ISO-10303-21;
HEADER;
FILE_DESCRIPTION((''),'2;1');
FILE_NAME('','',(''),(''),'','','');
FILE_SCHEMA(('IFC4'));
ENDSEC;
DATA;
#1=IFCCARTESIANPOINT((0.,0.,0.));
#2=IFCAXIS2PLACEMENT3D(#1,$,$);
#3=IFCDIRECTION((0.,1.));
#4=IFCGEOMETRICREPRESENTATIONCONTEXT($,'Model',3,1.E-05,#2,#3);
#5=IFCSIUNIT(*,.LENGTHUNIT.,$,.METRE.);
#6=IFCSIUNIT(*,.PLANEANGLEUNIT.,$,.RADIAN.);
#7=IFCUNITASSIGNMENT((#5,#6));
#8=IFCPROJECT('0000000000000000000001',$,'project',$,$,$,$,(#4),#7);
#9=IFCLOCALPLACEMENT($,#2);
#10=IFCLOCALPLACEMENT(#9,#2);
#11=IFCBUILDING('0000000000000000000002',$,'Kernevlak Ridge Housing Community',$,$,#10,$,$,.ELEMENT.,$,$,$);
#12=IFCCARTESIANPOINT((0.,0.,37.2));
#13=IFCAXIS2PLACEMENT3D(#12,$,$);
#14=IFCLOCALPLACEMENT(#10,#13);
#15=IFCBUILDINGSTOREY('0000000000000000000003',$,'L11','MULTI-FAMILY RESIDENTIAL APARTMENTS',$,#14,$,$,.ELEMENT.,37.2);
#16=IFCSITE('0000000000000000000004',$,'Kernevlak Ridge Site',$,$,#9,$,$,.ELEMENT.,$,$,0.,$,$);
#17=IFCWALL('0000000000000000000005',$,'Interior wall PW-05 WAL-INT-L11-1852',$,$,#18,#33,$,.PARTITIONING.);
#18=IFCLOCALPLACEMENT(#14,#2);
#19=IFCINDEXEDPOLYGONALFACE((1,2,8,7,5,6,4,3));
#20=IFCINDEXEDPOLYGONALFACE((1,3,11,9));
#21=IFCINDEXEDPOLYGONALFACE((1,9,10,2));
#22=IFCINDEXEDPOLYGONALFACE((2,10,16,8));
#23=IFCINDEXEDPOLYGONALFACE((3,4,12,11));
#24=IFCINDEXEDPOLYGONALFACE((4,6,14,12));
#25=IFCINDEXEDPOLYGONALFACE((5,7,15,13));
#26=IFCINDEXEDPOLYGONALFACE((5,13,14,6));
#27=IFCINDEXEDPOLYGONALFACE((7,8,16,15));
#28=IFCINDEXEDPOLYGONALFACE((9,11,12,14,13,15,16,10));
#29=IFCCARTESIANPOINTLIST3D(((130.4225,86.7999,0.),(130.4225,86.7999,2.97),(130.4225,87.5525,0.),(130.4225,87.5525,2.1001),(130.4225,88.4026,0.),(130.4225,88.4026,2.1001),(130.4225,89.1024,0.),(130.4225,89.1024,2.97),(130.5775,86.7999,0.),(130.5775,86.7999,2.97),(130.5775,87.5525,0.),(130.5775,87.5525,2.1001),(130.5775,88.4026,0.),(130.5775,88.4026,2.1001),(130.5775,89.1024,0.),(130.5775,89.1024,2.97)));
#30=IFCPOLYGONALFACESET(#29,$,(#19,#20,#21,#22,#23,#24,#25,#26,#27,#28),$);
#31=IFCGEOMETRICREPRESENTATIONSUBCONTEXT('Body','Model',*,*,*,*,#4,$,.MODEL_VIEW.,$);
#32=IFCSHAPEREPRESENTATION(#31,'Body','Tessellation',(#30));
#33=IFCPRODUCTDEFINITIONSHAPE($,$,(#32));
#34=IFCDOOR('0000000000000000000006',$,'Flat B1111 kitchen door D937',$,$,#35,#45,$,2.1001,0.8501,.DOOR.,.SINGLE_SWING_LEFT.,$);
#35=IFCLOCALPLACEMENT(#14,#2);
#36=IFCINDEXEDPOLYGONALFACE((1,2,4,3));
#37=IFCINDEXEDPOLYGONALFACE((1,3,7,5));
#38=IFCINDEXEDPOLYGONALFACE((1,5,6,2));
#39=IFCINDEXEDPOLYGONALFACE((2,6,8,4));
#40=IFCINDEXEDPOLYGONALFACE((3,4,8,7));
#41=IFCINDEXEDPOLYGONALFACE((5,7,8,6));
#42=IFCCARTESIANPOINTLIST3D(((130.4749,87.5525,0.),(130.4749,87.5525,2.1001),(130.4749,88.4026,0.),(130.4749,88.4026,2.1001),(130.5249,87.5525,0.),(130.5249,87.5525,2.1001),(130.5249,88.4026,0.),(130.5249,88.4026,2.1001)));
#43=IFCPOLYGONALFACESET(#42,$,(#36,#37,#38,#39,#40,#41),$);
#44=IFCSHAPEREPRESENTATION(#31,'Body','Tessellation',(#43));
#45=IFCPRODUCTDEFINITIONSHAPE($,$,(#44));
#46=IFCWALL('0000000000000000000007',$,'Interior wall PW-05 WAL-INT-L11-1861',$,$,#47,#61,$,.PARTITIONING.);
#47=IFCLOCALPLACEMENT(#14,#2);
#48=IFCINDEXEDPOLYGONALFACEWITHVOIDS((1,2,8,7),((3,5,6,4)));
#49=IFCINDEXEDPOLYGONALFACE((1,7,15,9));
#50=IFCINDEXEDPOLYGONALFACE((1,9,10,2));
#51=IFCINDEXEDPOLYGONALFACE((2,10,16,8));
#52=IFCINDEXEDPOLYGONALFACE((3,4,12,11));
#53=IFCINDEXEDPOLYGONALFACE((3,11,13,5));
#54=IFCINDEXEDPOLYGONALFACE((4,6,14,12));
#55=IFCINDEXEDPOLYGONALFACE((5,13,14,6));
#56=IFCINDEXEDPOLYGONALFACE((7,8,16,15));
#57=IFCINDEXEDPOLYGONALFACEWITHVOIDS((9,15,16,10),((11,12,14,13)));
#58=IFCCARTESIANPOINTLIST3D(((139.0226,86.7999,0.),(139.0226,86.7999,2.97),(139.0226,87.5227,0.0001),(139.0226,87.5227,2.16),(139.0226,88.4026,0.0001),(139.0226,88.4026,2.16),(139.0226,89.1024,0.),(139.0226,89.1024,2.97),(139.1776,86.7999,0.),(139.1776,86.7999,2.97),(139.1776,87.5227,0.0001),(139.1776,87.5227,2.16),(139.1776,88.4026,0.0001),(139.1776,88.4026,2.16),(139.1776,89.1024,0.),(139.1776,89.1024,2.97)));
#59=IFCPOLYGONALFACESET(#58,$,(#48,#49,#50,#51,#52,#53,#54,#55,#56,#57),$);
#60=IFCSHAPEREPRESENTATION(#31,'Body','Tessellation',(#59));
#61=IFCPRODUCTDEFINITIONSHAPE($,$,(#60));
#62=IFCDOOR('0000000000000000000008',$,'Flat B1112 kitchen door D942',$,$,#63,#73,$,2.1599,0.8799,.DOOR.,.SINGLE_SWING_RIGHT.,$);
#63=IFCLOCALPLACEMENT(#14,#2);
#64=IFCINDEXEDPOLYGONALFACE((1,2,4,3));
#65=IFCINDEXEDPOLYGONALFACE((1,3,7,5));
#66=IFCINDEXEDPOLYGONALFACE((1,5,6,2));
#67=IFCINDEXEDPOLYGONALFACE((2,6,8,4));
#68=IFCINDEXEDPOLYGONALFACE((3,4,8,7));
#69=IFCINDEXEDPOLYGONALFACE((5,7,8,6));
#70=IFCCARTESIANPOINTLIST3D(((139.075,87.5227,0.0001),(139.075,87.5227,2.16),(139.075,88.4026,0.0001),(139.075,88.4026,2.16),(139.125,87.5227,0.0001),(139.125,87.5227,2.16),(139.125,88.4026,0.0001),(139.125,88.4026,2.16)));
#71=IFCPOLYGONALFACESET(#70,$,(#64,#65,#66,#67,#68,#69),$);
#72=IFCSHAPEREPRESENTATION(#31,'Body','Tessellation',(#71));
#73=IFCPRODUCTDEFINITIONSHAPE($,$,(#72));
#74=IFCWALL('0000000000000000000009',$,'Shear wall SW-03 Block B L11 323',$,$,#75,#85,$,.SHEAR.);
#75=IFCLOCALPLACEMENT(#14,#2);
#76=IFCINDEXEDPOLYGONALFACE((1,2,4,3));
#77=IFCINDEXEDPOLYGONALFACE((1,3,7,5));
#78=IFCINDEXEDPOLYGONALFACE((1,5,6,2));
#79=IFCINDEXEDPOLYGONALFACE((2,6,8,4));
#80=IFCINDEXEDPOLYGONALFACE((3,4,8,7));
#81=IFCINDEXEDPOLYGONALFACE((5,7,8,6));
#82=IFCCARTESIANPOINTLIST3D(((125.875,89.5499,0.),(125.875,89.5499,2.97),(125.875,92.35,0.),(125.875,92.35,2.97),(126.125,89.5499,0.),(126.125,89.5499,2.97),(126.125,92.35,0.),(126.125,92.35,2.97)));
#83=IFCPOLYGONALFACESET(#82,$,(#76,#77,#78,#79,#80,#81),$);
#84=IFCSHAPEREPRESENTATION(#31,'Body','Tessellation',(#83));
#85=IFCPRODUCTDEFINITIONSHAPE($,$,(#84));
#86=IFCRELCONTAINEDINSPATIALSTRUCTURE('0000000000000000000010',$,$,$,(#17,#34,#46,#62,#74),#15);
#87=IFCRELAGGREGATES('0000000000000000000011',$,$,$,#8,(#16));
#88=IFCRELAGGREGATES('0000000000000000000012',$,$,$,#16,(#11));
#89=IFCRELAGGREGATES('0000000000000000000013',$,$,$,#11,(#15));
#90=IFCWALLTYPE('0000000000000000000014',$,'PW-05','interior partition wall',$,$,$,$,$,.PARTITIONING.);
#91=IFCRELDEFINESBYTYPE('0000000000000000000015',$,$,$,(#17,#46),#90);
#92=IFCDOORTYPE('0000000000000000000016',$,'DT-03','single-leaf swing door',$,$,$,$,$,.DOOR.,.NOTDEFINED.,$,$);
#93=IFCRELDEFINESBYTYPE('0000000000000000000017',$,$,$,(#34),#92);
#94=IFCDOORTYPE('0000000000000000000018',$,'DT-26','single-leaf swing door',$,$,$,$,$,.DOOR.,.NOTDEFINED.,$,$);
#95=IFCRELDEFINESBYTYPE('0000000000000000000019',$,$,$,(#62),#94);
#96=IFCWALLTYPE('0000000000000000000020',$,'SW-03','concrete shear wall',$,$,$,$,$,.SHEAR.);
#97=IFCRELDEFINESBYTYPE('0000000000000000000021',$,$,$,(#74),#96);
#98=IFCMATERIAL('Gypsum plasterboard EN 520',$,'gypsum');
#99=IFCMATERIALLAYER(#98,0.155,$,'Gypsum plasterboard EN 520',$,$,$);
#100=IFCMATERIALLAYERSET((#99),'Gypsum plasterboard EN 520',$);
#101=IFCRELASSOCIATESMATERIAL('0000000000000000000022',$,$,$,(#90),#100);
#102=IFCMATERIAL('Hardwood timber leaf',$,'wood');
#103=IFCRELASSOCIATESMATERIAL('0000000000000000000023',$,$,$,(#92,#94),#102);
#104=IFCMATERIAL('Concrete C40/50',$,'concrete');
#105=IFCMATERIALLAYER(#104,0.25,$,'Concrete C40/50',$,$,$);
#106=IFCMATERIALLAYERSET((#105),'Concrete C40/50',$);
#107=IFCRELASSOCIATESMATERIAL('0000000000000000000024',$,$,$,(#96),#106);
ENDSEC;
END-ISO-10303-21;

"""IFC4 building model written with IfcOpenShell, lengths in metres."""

from ifc_helpers import new_model, si_unit, direction, frame, frame_2d, origin, place, context, subcontext, project, spatial, rectangle, extrude, material, layer, layer_set, type_object, element, fill, save


model = new_model("IFC4")

# Units and contexts
model_context = context("Model", 3, precision=1e-05, world=origin(), true_north=direction((0.0, 1.0)))
body_context = subcontext(model_context, "Body", "Model", "MODEL_VIEW")
ifc_project = project(units=[si_unit("LENGTHUNIT", "METRE"), si_unit("PLANEANGLEUNIT", "RADIAN")], contexts=[model_context])

# Site, building, storey
site_placement = place(None, origin())
site = spatial("IfcSite", under=ifc_project, at=site_placement, Name="Kernevlak Ridge Site", CompositionType="ELEMENT", RefElevation=0.0)
building_placement = place(site_placement, origin())
building = spatial("IfcBuilding", under=site, at=building_placement, Name="Kernevlak Ridge Housing Community", CompositionType="ELEMENT")
storey_placement = place(building_placement, frame((0.0, 0.0, 37.2)))
storey = spatial("IfcBuildingStorey", under=building, at=storey_placement, Name="L11", Description="MULTI-FAMILY RESIDENTIAL APARTMENTS", CompositionType="ELEMENT", Elevation=37.2)

# Walls, openings, doors
ifc_material_1 = material(Name="Gypsum plasterboard EN 520", Category="gypsum")
ifc_layer_1 = layer(ifc_material_1, 0.155, Name="Gypsum plasterboard EN 520")
ifc_layer_set_1 = layer_set([ifc_layer_1], Name="Gypsum plasterboard EN 520")
wall_type_1 = type_object("IfcWallType", Name="PW-05", Description="interior partition wall", PredefinedType="PARTITIONING", material=ifc_layer_set_1)
wall_1_placement = place(storey_placement, frame((130.5, 89.1025, 0.0), z_axis=(0.0, 0.0, 1.0), x_axis=(0.0, -1.0, 0.0)))
wall_1 = element("IfcWall", 1, at=wall_1_placement, inside=storey, type_object=wall_type_1, Name="Interior wall PW-05 WAL-INT-L11-1852", PredefinedType="PARTITIONING", context=body_context, shape_type="SweptSolid", body=[
    extrude(rectangle(XDim=2.3025, YDim=0.155, at=frame_2d((1.1514, 0.0))), origin(), (0.0, 0.0, 1.0), 2.97),
])
opening_1_placement = place(wall_1_placement, frame((0.7, 0.0, 0.0)))
opening_1 = element("IfcOpeningElement", 2, at=opening_1_placement, cuts=wall_1, PredefinedType="OPENING", context=body_context, shape_type="SweptSolid", body=[
    extrude(rectangle(XDim=0.8501, YDim=2.1001, at=frame_2d((0.425, 1.05))), frame((0.0, 0.0874, 0.0), z_axis=(0.0, -1.0, 0.0), x_axis=(1.0, 0.0, 0.0)), (0.0, 0.0, 1.0), 0.175),
])
ifc_material_2 = material(Name="Hardwood timber leaf", Category="wood")
door_type_1 = type_object("IfcDoorType", Name="DT-03", Description="single-leaf swing door", OperationType="NOTDEFINED", PredefinedType="DOOR", material=ifc_material_2)
door_1_placement = place(opening_1_placement, origin())
door_1 = element("IfcDoor", 3, at=door_1_placement, inside=storey, type_object=door_type_1, Name="Flat B1111 kitchen door D937", OperationType="SINGLE_SWING_LEFT", OverallHeight=2.1001, OverallWidth=0.8501, PredefinedType="DOOR", context=body_context, shape_type="SweptSolid", body=[
    extrude(rectangle(XDim=0.8501, YDim=2.1001, at=frame_2d((0.425, 1.05))), frame((0.0, 0.0249, 0.0), z_axis=(0.0, -1.0, 0.0), x_axis=(1.0, 0.0, 0.0)), (0.0, 0.0, 1.0), 0.05),
])
fill(opening_1, door_1)
wall_2_placement = place(storey_placement, frame((139.1001, 89.1025, 0.0), z_axis=(0.0, 0.0, 1.0), x_axis=(0.0, -1.0, 0.0)))
wall_2 = element("IfcWall", 4, at=wall_2_placement, inside=storey, type_object=wall_type_1, Name="Interior wall PW-05 WAL-INT-L11-1861", PredefinedType="PARTITIONING", context=body_context, shape_type="SweptSolid", body=[
    extrude(rectangle(XDim=2.3025, YDim=0.155, at=frame_2d((1.1514, 0.0))), origin(), (0.0, 0.0, 1.0), 2.97),
])
opening_2_placement = place(wall_2_placement, frame((0.7, 0.0, 0.0)))
opening_2 = element("IfcOpeningElement", 5, at=opening_2_placement, cuts=wall_2, PredefinedType="OPENING", context=body_context, shape_type="SweptSolid", body=[
    extrude(rectangle(XDim=0.8799, YDim=2.1599, at=frame_2d((0.4399, 1.0801))), frame((0.0, 0.0874, 0.0), z_axis=(0.0, -1.0, 0.0), x_axis=(1.0, 0.0, 0.0)), (0.0, 0.0, 1.0), 0.175),
])
door_type_2 = type_object("IfcDoorType", Name="DT-26", Description="single-leaf swing door", OperationType="NOTDEFINED", PredefinedType="DOOR", material=ifc_material_2)
door_2_placement = place(opening_2_placement, origin())
door_2 = element("IfcDoor", 6, at=door_2_placement, inside=storey, type_object=door_type_2, Name="Flat B1112 kitchen door D942", OperationType="SINGLE_SWING_RIGHT", OverallHeight=2.1599, OverallWidth=0.8799, PredefinedType="DOOR", context=body_context, shape_type="SweptSolid", body=[
    extrude(rectangle(XDim=0.8799, YDim=2.1599, at=frame_2d((0.4399, 1.0801))), frame((0.0, 0.0249, 0.0), z_axis=(0.0, -1.0, 0.0), x_axis=(1.0, 0.0, 0.0)), (0.0, 0.0, 1.0), 0.05),
])
fill(opening_2, door_2)

# Wall
ifc_material_3 = material(Name="Concrete C40/50", Category="concrete")
ifc_layer_2 = layer(ifc_material_3, 0.25, Name="Concrete C40/50")
ifc_layer_set_2 = layer_set([ifc_layer_2], Name="Concrete C40/50")
wall_type_2 = type_object("IfcWallType", Name="SW-03", Description="concrete shear wall", PredefinedType="SHEAR", material=ifc_layer_set_2)
wall_3_placement = place(storey_placement, frame((126.0, 89.55, 0.0), z_axis=(0.0, 0.0, 1.0), x_axis=(0.0, 1.0, 0.0)))
element("IfcWall", 7, at=wall_3_placement, inside=storey, type_object=wall_type_2, Name="Shear wall SW-03 Block B L11 323", PredefinedType="SHEAR", context=body_context, shape_type="SweptSolid", body=[
    extrude(rectangle(XDim=2.8, YDim=0.25, at=frame_2d((1.3999, 0.0))), origin(), (0.0, 0.0, 1.0), 2.97),
])

save(model, "model.ifc")
